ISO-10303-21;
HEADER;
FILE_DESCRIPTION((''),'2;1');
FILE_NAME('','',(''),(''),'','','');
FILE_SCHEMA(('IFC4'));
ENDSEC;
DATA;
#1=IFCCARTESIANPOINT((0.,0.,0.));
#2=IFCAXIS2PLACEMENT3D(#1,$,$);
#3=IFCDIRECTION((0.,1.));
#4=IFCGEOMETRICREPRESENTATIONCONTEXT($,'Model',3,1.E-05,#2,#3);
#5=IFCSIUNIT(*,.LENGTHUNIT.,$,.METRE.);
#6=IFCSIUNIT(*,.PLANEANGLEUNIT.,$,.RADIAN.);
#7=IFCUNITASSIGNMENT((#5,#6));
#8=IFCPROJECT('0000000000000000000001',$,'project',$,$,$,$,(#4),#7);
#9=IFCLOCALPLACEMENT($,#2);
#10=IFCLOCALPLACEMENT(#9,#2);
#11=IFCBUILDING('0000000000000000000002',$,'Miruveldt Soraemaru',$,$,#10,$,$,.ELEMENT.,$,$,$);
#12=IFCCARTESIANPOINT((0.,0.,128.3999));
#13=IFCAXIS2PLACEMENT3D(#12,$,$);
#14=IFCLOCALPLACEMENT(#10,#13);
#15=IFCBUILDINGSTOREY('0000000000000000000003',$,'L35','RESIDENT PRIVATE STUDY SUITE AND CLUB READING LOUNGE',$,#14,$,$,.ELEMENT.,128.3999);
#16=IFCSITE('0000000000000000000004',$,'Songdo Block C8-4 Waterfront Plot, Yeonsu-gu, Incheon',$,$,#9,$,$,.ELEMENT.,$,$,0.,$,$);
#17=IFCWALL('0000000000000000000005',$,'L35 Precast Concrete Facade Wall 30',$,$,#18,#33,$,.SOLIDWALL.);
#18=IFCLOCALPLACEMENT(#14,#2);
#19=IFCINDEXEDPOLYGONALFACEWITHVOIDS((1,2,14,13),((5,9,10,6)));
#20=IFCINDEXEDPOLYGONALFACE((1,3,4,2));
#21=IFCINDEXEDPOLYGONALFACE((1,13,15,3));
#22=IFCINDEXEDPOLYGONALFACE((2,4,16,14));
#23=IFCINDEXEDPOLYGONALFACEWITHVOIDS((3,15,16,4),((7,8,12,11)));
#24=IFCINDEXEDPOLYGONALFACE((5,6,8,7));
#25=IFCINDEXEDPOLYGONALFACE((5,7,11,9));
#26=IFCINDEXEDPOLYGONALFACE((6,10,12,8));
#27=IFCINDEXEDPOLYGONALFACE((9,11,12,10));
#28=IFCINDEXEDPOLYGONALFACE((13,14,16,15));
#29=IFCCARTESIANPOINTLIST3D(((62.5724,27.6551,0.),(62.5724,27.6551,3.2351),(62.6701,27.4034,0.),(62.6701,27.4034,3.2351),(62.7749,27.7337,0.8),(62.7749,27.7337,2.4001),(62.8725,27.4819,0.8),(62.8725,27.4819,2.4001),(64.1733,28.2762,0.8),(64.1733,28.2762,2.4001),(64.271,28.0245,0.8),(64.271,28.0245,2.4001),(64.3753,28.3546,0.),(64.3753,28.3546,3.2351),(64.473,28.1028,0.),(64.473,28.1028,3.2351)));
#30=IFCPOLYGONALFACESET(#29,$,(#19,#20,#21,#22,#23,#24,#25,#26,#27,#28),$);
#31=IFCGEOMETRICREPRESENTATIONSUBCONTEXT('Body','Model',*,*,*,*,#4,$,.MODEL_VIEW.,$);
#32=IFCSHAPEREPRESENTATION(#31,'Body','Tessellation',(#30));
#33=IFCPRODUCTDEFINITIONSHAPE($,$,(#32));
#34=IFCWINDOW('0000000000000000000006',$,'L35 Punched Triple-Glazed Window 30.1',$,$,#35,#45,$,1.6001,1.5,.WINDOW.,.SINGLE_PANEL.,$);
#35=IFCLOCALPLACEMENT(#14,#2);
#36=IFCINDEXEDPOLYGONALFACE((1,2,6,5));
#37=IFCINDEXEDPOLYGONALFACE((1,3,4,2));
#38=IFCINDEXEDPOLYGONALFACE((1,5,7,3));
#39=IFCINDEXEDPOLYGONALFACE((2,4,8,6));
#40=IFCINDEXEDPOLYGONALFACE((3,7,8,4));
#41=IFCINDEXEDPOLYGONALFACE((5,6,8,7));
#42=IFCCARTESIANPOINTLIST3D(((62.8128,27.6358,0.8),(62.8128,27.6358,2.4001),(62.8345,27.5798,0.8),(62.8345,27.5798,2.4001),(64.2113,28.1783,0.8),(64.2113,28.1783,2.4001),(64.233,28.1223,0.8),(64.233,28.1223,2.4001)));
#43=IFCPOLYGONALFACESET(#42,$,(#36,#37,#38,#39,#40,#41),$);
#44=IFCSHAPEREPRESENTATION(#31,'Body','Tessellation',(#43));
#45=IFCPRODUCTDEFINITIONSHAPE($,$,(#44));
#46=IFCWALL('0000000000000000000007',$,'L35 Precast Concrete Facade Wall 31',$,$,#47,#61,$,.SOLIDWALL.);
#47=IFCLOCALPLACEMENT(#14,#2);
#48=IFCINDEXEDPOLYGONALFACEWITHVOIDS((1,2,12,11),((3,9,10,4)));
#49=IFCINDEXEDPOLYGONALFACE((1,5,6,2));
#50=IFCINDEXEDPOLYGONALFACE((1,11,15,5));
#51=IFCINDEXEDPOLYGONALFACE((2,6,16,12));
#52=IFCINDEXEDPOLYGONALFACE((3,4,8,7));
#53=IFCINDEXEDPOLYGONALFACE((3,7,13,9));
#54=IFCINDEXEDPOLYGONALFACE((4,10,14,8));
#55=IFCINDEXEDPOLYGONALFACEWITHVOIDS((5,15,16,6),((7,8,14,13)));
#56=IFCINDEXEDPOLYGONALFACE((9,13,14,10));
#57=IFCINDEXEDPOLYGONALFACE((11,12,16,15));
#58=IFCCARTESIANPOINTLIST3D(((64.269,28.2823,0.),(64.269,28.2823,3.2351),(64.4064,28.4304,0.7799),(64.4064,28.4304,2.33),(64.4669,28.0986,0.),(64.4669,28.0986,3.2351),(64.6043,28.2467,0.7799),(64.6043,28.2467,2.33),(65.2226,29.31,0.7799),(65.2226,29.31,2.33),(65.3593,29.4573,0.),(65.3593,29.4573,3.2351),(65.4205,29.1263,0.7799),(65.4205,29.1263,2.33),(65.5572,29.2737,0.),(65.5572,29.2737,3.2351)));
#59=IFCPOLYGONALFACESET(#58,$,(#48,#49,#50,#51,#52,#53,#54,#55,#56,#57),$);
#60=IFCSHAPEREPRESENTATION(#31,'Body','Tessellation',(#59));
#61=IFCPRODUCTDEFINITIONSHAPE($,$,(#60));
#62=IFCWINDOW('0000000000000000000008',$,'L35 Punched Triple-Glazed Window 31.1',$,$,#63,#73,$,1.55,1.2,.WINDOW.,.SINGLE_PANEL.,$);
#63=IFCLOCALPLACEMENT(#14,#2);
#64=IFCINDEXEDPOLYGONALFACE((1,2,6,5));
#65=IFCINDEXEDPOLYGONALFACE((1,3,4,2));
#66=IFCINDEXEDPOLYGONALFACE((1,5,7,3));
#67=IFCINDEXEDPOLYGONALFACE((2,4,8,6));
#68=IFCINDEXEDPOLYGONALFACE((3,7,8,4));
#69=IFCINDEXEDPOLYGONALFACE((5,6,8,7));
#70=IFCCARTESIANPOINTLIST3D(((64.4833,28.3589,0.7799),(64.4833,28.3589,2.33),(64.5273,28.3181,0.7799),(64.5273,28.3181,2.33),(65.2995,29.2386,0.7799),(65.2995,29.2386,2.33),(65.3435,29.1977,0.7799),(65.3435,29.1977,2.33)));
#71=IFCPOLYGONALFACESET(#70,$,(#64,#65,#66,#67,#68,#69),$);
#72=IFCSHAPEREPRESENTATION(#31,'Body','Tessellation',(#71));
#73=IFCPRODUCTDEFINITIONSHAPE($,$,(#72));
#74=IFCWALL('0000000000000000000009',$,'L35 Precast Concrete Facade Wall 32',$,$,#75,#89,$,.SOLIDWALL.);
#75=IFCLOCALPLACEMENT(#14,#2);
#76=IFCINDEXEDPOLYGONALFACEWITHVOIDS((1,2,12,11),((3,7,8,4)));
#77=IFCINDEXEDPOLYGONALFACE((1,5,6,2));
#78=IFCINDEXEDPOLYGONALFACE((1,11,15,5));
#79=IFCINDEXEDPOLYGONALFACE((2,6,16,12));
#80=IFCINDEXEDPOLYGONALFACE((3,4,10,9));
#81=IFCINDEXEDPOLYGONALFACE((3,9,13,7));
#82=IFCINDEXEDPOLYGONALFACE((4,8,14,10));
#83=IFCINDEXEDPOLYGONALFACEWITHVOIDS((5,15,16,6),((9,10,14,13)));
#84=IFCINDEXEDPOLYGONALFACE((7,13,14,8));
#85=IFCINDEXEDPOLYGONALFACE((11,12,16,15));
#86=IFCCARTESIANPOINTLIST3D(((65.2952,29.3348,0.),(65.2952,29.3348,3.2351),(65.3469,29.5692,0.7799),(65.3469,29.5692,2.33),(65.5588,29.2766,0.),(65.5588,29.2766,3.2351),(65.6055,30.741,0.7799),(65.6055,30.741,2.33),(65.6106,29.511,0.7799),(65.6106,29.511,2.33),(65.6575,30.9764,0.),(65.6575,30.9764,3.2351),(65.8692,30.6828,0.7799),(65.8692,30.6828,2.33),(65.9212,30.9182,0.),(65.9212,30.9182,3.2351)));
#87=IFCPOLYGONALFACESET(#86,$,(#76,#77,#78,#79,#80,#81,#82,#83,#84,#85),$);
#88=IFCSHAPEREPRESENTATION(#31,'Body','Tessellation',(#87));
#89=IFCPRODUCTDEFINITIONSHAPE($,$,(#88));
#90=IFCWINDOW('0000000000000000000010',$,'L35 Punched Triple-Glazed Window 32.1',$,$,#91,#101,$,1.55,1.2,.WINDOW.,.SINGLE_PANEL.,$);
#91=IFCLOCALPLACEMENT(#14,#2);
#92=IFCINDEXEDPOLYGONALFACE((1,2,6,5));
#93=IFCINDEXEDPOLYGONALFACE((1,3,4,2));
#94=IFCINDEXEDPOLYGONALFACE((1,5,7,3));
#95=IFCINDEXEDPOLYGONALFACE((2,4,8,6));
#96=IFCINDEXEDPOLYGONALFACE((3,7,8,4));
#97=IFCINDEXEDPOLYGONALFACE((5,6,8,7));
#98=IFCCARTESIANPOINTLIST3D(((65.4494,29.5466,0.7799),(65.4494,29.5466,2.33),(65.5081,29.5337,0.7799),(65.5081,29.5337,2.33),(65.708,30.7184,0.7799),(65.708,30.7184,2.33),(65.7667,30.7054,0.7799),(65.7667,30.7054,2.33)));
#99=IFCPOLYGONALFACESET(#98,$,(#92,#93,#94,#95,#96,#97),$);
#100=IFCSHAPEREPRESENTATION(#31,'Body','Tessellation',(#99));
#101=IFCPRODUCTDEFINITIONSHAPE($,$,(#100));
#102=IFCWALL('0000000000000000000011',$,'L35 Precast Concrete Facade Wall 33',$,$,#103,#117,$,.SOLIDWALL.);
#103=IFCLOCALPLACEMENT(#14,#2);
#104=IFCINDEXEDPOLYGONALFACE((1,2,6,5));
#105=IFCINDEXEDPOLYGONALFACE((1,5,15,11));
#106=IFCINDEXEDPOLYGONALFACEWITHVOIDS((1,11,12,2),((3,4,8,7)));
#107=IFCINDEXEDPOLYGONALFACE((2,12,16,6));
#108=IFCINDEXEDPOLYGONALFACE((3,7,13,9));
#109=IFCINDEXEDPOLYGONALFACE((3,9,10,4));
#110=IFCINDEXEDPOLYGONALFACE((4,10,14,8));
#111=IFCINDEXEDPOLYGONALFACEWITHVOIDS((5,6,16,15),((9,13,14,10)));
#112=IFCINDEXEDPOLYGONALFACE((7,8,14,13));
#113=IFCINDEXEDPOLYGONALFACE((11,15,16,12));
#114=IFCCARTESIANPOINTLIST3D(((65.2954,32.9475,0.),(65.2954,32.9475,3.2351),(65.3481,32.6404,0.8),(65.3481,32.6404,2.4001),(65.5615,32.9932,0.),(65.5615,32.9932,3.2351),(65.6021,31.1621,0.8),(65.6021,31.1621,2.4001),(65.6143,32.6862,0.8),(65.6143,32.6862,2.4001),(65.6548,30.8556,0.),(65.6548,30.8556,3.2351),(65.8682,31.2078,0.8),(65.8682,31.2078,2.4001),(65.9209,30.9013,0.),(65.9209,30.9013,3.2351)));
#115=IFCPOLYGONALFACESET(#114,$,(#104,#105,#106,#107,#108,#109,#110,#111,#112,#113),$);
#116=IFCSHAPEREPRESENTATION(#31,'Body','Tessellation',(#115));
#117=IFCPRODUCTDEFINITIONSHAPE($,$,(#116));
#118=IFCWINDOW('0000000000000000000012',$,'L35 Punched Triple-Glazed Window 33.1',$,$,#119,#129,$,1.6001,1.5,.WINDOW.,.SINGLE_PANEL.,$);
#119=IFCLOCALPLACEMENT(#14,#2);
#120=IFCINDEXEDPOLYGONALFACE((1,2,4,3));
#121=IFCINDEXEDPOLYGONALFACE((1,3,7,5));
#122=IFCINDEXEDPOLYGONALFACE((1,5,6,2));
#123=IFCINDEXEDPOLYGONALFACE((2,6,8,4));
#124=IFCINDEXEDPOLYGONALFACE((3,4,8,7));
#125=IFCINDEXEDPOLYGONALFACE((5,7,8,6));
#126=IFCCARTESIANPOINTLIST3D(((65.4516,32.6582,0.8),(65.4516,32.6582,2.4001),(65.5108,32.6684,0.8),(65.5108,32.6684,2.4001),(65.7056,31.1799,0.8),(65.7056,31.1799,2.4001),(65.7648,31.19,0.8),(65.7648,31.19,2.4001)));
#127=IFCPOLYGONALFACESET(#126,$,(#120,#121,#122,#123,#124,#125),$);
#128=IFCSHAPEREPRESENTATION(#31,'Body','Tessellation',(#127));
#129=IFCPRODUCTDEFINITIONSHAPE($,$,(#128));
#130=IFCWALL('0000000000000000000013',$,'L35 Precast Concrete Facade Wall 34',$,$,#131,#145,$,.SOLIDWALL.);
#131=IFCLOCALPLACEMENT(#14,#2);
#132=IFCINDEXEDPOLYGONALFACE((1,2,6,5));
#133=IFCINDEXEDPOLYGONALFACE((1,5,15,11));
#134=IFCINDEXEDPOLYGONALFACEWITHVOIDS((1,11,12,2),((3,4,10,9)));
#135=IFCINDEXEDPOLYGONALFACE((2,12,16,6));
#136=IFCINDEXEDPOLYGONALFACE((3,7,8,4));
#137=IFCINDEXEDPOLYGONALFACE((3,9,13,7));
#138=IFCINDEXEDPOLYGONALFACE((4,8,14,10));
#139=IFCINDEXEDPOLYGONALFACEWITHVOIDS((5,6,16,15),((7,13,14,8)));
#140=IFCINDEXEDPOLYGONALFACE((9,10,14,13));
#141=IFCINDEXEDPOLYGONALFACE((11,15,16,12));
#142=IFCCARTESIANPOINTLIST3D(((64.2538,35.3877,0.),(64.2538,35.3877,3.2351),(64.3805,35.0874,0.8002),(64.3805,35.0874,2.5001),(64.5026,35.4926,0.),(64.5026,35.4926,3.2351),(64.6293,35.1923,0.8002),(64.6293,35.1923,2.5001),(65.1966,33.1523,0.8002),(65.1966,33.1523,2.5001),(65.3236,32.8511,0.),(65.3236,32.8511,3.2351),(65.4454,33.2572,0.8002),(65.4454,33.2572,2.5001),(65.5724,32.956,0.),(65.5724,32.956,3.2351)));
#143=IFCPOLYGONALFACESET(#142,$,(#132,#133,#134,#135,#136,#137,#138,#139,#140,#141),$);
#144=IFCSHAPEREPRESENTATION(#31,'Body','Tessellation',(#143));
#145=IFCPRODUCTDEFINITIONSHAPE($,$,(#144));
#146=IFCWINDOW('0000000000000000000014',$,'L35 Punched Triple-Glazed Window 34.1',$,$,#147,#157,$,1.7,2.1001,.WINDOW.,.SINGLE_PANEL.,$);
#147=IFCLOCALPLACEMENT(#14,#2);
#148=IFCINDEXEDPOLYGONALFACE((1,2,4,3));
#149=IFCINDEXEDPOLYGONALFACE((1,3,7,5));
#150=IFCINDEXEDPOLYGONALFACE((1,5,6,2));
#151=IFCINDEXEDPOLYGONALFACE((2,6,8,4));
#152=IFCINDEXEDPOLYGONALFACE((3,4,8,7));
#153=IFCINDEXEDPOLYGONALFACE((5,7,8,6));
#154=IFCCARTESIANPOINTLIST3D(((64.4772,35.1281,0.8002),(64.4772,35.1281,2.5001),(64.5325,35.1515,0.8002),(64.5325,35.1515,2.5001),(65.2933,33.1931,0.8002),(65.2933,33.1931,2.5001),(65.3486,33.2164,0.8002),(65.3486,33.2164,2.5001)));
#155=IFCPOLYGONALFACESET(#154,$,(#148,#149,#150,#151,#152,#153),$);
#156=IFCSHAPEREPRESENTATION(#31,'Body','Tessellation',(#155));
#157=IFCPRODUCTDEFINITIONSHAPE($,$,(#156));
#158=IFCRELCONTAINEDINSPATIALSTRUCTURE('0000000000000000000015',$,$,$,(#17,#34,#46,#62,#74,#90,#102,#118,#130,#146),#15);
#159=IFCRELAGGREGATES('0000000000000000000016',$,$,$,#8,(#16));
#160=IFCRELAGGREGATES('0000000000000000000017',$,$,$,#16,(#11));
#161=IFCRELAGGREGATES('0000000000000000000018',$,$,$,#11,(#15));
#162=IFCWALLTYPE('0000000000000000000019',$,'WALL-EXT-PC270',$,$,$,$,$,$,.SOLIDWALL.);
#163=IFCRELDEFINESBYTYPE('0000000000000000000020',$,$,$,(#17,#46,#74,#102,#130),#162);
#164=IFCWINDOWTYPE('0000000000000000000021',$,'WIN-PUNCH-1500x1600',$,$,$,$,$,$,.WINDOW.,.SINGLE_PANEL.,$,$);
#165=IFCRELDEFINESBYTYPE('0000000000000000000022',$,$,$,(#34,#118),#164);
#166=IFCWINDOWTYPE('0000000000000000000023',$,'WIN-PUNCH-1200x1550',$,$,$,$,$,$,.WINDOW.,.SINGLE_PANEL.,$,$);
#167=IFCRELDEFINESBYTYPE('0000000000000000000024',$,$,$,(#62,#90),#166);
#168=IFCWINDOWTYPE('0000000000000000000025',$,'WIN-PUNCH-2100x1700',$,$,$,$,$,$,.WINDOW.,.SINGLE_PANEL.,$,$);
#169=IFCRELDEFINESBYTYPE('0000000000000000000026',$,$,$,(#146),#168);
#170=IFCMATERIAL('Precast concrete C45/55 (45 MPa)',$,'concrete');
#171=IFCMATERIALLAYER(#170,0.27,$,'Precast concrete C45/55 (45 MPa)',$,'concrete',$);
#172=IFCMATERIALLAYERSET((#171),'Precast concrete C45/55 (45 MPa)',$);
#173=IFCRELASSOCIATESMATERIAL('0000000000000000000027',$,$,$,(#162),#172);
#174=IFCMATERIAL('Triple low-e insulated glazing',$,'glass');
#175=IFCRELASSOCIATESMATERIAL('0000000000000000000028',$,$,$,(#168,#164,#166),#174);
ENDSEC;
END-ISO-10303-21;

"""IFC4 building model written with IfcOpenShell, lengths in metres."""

from ifc_helpers import new_model, si_unit, direction, frame, frame_2d, origin, place, context, subcontext, project, spatial, rectangle, extrude, material, layer, layer_set, type_object, element, fill, save


model = new_model("IFC4")

# Units and contexts
model_context = context("Model", 3, precision=1e-05, world=origin(), true_north=direction((0.0, 1.0)))
body_context = subcontext(model_context, "Body", "Model", "MODEL_VIEW")
ifc_project = project(units=[si_unit("LENGTHUNIT", "METRE"), si_unit("PLANEANGLEUNIT", "RADIAN")], contexts=[model_context])

# Site, building, storey
site_placement = place(None, origin())
site = spatial("IfcSite", under=ifc_project, at=site_placement, Name="Songdo Block C8-4 Waterfront Plot, Yeonsu-gu, Incheon", CompositionType="ELEMENT", RefElevation=0.0)
building_placement = place(site_placement, origin())
building = spatial("IfcBuilding", under=site, at=building_placement, Name="Miruveldt Soraemaru", CompositionType="ELEMENT")
storey_placement = place(building_placement, frame((0.0, 0.0, 128.3999)))
storey = spatial("IfcBuildingStorey", under=building, at=storey_placement, Name="L35", Description="RESIDENT PRIVATE STUDY SUITE AND CLUB READING LOUNGE", CompositionType="ELEMENT", Elevation=128.3999)

# Walls, openings, windows
ifc_material_1 = material(Name="Precast concrete C45/55 (45 MPa)", Category="concrete")
ifc_layer_1 = layer(ifc_material_1, 0.27, Name="Precast concrete C45/55 (45 MPa)", Category="concrete")
ifc_layer_set_1 = layer_set([ifc_layer_1], Name="Precast concrete C45/55 (45 MPa)")
wall_type_1 = type_object("IfcWallType", Name="WALL-EXT-PC270", PredefinedType="SOLIDWALL", material=ifc_layer_set_1)
ifc_material_2 = material(Name="Triple low-e insulated glazing", Category="glass")
window_type_1 = type_object("IfcWindowType", Name="WIN-PUNCH-2100x1700", PartitioningType="SINGLE_PANEL", PredefinedType="WINDOW", material=ifc_material_2)
wall_1_placement = place(storey_placement, frame((62.6213, 27.5293, 0.0), z_axis=(0.0, 0.0, 1.0), x_axis=(0.932301, 0.361685, 0.0)))
wall_1 = element("IfcWall", 1, at=wall_1_placement, inside=storey, type_object=wall_type_1, Name="L35 Precast Concrete Facade Wall 30", PredefinedType="SOLIDWALL", context=body_context, shape_type="SweptSolid", body=[
    extrude(rectangle(XDim=1.9338, YDim=0.27, at=frame_2d((0.9668, 0.0))), origin(), (0.0, 0.0, 1.0), 3.2351),
])
opening_1_placement = place(wall_1_placement, frame((0.217, 0.0, 0.8)))
opening_1 = element("IfcOpeningElement", 2, at=opening_1_placement, cuts=wall_1, PredefinedType="OPENING", context=body_context, shape_type="SweptSolid", body=[
    extrude(rectangle(XDim=1.5, YDim=1.6001, at=frame_2d((0.75, 0.8))), frame((0.0, 0.145, 0.0), z_axis=(0.0, -1.0, 0.0), x_axis=(1.0, 0.0, 0.0)), (0.0, 0.0, 1.0), 0.29),
])
window_type_2 = type_object("IfcWindowType", Name="WIN-PUNCH-1500x1600", PartitioningType="SINGLE_PANEL", PredefinedType="WINDOW", material=ifc_material_2)
window_1_placement = place(opening_1_placement, origin())
window_1 = element("IfcWindow", 3, at=window_1_placement, inside=storey, type_object=window_type_2, Name="L35 Punched Triple-Glazed Window 30.1", OverallHeight=1.6001, OverallWidth=1.5, PartitioningType="SINGLE_PANEL", PredefinedType="WINDOW", context=body_context, shape_type="SweptSolid", body=[
    extrude(rectangle(XDim=1.5, YDim=1.6001, at=frame_2d((0.75, 0.8))), frame((0.0, 0.03, 0.0), z_axis=(0.0, -1.0, 0.0), x_axis=(1.0, 0.0, 0.0)), (0.0, 0.0, 1.0), 0.0601),
])
fill(opening_1, window_1)
wall_2_placement = place(storey_placement, frame((64.3679, 28.1904, 0.0), z_axis=(0.0, 0.0, 1.0), x_axis=(0.680188, 0.733038, 0.0)))
wall_2 = element("IfcWall", 4, at=wall_2_placement, inside=storey, type_object=wall_type_1, Name="L35 Precast Concrete Facade Wall 31", PredefinedType="SOLIDWALL", context=body_context, shape_type="SweptSolid", body=[
    extrude(rectangle(XDim=1.603, YDim=0.27, at=frame_2d((0.8015, 0.0))), origin(), (0.0, 0.0, 1.0), 3.2351),
])
opening_2_placement = place(wall_2_placement, frame((0.2019, 0.0, 0.78)))
opening_2 = element("IfcOpeningElement", 5, at=opening_2_placement, cuts=wall_2, PredefinedType="OPENING", context=body_context, shape_type="SweptSolid", body=[
    extrude(rectangle(XDim=1.2, YDim=1.55, at=frame_2d((0.6001, 0.7749))), frame((0.0, 0.145, 0.0), z_axis=(0.0, -1.0, 0.0), x_axis=(1.0, 0.0, 0.0)), (0.0, 0.0, 1.0), 0.29),
])
window_type_3 = type_object("IfcWindowType", Name="WIN-PUNCH-1200x1550", PartitioningType="SINGLE_PANEL", PredefinedType="WINDOW", material=ifc_material_2)
window_2_placement = place(opening_2_placement, origin())
window_2 = element("IfcWindow", 6, at=window_2_placement, inside=storey, type_object=window_type_3, Name="L35 Punched Triple-Glazed Window 31.1", OverallHeight=1.55, OverallWidth=1.2, PartitioningType="SINGLE_PANEL", PredefinedType="WINDOW", context=body_context, shape_type="SweptSolid", body=[
    extrude(rectangle(XDim=1.2, YDim=1.55, at=frame_2d((0.6001, 0.7749))), frame((0.0, 0.03, 0.0), z_axis=(0.0, -1.0, 0.0), x_axis=(1.0, 0.0, 0.0)), (0.0, 0.0, 1.0), 0.0601),
])
fill(opening_2, window_2)
wall_3_placement = place(storey_placement, frame((65.427, 29.3057, 0.0), z_axis=(0.0, 0.0, 1.0), x_axis=(0.215516, 0.9765, 0.0)))
wall_3 = element("IfcWall", 7, at=wall_3_placement, inside=storey, type_object=wall_type_1, Name="L35 Precast Concrete Facade Wall 32", PredefinedType="SOLIDWALL", context=body_context, shape_type="SweptSolid", body=[
    extrude(rectangle(XDim=1.6812, YDim=0.27, at=frame_2d((0.8406, 0.0))), origin(), (0.0, 0.0, 1.0), 3.2351),
])
opening_3_placement = place(wall_3_placement, frame((0.24, 0.0, 0.78)))
opening_3 = element("IfcOpeningElement", 8, at=opening_3_placement, cuts=wall_3, PredefinedType="OPENING", context=body_context, shape_type="SweptSolid", body=[
    extrude(rectangle(XDim=1.2, YDim=1.55, at=frame_2d((0.6001, 0.7749))), frame((0.0, 0.145, 0.0), z_axis=(0.0, -1.0, 0.0), x_axis=(1.0, 0.0, 0.0)), (0.0, 0.0, 1.0), 0.29),
])
window_3_placement = place(opening_3_placement, origin())
window_3 = element("IfcWindow", 9, at=window_3_placement, inside=storey, type_object=window_type_3, Name="L35 Punched Triple-Glazed Window 32.1", OverallHeight=1.55, OverallWidth=1.2, PartitioningType="SINGLE_PANEL", PredefinedType="WINDOW", context=body_context, shape_type="SweptSolid", body=[
    extrude(rectangle(XDim=1.2, YDim=1.55, at=frame_2d((0.6001, 0.7749))), frame((0.0, 0.03, 0.0), z_axis=(0.0, -1.0, 0.0), x_axis=(1.0, 0.0, 0.0)), (0.0, 0.0, 1.0), 0.0601),
])
fill(opening_3, window_3)
wall_4_placement = place(storey_placement, frame((65.7878, 30.8784, 0.0), z_axis=(0.0, 0.0, 1.0), x_axis=(-0.169321, 0.985561, 0.0)))
wall_4 = element("IfcWall", 10, at=wall_4_placement, inside=storey, type_object=wall_type_1, Name="L35 Precast Concrete Facade Wall 33", PredefinedType="SOLIDWALL", context=body_context, shape_type="SweptSolid", body=[
    extrude(rectangle(XDim=2.1226, YDim=0.27, at=frame_2d((1.0613, 0.0))), origin(), (0.0, 0.0, 1.0), 3.2351),
])
opening_4_placement = place(wall_4_placement, frame((0.311, 0.0, 0.8)))
opening_4 = element("IfcOpeningElement", 11, at=opening_4_placement, cuts=wall_4, PredefinedType="OPENING", context=body_context, shape_type="SweptSolid", body=[
    extrude(rectangle(XDim=1.5, YDim=1.6001, at=frame_2d((0.75, 0.8))), frame((0.0, 0.145, 0.0), z_axis=(0.0, -1.0, 0.0), x_axis=(1.0, 0.0, 0.0)), (0.0, 0.0, 1.0), 0.29),
])
window_4_placement = place(opening_4_placement, origin())
window_4 = element("IfcWindow", 12, at=window_4_placement, inside=storey, type_object=window_type_2, Name="L35 Punched Triple-Glazed Window 33.1", OverallHeight=1.6001, OverallWidth=1.5, PartitioningType="SINGLE_PANEL", PredefinedType="WINDOW", context=body_context, shape_type="SweptSolid", body=[
    extrude(rectangle(XDim=1.5, YDim=1.6001, at=frame_2d((0.75, 0.8))), frame((0.0, 0.03, 0.0), z_axis=(0.0, -1.0, 0.0), x_axis=(1.0, 0.0, 0.0)), (0.0, 0.0, 1.0), 0.0601),
])
fill(opening_4, window_4)
wall_5_placement = place(storey_placement, frame((65.448, 32.9036, 0.0), z_axis=(0.0, 0.0, 1.0), x_axis=(-0.388604, 0.921405, 0.0)))
wall_5 = element("IfcWall", 13, at=wall_5_placement, inside=storey, type_object=wall_type_1, Name="L35 Precast Concrete Facade Wall 34", PredefinedType="SOLIDWALL", context=body_context, shape_type="SweptSolid", body=[
    extrude(rectangle(XDim=2.7529, YDim=0.27, at=frame_2d((1.3765, 0.0))), origin(), (0.0, 0.0, 1.0), 3.2351),
])
opening_5_placement = place(wall_5_placement, frame((0.3269, 0.0, 0.8)))
opening_5 = element("IfcOpeningElement", 14, at=opening_5_placement, cuts=wall_5, PredefinedType="OPENING", context=body_context, shape_type="SweptSolid", body=[
    extrude(rectangle(XDim=2.1001, YDim=1.7, at=frame_2d((1.05, 0.8501))), frame((0.0, 0.145, 0.0), z_axis=(0.0, -1.0, 0.0), x_axis=(1.0, 0.0, 0.0)), (0.0, 0.0, 1.0), 0.29),
])
window_5_placement = place(opening_5_placement, origin())
window_5 = element("IfcWindow", 15, at=window_5_placement, inside=storey, type_object=window_type_1, Name="L35 Punched Triple-Glazed Window 34.1", OverallHeight=1.7, OverallWidth=2.1001, PartitioningType="SINGLE_PANEL", PredefinedType="WINDOW", context=body_context, shape_type="SweptSolid", body=[
    extrude(rectangle(XDim=2.1001, YDim=1.7, at=frame_2d((1.05, 0.8501))), frame((0.0, 0.03, 0.0), z_axis=(0.0, -1.0, 0.0), x_axis=(1.0, 0.0, 0.0)), (0.0, 0.0, 1.0), 0.0601),
])
fill(opening_5, window_5)

save(model, "model.ifc")
